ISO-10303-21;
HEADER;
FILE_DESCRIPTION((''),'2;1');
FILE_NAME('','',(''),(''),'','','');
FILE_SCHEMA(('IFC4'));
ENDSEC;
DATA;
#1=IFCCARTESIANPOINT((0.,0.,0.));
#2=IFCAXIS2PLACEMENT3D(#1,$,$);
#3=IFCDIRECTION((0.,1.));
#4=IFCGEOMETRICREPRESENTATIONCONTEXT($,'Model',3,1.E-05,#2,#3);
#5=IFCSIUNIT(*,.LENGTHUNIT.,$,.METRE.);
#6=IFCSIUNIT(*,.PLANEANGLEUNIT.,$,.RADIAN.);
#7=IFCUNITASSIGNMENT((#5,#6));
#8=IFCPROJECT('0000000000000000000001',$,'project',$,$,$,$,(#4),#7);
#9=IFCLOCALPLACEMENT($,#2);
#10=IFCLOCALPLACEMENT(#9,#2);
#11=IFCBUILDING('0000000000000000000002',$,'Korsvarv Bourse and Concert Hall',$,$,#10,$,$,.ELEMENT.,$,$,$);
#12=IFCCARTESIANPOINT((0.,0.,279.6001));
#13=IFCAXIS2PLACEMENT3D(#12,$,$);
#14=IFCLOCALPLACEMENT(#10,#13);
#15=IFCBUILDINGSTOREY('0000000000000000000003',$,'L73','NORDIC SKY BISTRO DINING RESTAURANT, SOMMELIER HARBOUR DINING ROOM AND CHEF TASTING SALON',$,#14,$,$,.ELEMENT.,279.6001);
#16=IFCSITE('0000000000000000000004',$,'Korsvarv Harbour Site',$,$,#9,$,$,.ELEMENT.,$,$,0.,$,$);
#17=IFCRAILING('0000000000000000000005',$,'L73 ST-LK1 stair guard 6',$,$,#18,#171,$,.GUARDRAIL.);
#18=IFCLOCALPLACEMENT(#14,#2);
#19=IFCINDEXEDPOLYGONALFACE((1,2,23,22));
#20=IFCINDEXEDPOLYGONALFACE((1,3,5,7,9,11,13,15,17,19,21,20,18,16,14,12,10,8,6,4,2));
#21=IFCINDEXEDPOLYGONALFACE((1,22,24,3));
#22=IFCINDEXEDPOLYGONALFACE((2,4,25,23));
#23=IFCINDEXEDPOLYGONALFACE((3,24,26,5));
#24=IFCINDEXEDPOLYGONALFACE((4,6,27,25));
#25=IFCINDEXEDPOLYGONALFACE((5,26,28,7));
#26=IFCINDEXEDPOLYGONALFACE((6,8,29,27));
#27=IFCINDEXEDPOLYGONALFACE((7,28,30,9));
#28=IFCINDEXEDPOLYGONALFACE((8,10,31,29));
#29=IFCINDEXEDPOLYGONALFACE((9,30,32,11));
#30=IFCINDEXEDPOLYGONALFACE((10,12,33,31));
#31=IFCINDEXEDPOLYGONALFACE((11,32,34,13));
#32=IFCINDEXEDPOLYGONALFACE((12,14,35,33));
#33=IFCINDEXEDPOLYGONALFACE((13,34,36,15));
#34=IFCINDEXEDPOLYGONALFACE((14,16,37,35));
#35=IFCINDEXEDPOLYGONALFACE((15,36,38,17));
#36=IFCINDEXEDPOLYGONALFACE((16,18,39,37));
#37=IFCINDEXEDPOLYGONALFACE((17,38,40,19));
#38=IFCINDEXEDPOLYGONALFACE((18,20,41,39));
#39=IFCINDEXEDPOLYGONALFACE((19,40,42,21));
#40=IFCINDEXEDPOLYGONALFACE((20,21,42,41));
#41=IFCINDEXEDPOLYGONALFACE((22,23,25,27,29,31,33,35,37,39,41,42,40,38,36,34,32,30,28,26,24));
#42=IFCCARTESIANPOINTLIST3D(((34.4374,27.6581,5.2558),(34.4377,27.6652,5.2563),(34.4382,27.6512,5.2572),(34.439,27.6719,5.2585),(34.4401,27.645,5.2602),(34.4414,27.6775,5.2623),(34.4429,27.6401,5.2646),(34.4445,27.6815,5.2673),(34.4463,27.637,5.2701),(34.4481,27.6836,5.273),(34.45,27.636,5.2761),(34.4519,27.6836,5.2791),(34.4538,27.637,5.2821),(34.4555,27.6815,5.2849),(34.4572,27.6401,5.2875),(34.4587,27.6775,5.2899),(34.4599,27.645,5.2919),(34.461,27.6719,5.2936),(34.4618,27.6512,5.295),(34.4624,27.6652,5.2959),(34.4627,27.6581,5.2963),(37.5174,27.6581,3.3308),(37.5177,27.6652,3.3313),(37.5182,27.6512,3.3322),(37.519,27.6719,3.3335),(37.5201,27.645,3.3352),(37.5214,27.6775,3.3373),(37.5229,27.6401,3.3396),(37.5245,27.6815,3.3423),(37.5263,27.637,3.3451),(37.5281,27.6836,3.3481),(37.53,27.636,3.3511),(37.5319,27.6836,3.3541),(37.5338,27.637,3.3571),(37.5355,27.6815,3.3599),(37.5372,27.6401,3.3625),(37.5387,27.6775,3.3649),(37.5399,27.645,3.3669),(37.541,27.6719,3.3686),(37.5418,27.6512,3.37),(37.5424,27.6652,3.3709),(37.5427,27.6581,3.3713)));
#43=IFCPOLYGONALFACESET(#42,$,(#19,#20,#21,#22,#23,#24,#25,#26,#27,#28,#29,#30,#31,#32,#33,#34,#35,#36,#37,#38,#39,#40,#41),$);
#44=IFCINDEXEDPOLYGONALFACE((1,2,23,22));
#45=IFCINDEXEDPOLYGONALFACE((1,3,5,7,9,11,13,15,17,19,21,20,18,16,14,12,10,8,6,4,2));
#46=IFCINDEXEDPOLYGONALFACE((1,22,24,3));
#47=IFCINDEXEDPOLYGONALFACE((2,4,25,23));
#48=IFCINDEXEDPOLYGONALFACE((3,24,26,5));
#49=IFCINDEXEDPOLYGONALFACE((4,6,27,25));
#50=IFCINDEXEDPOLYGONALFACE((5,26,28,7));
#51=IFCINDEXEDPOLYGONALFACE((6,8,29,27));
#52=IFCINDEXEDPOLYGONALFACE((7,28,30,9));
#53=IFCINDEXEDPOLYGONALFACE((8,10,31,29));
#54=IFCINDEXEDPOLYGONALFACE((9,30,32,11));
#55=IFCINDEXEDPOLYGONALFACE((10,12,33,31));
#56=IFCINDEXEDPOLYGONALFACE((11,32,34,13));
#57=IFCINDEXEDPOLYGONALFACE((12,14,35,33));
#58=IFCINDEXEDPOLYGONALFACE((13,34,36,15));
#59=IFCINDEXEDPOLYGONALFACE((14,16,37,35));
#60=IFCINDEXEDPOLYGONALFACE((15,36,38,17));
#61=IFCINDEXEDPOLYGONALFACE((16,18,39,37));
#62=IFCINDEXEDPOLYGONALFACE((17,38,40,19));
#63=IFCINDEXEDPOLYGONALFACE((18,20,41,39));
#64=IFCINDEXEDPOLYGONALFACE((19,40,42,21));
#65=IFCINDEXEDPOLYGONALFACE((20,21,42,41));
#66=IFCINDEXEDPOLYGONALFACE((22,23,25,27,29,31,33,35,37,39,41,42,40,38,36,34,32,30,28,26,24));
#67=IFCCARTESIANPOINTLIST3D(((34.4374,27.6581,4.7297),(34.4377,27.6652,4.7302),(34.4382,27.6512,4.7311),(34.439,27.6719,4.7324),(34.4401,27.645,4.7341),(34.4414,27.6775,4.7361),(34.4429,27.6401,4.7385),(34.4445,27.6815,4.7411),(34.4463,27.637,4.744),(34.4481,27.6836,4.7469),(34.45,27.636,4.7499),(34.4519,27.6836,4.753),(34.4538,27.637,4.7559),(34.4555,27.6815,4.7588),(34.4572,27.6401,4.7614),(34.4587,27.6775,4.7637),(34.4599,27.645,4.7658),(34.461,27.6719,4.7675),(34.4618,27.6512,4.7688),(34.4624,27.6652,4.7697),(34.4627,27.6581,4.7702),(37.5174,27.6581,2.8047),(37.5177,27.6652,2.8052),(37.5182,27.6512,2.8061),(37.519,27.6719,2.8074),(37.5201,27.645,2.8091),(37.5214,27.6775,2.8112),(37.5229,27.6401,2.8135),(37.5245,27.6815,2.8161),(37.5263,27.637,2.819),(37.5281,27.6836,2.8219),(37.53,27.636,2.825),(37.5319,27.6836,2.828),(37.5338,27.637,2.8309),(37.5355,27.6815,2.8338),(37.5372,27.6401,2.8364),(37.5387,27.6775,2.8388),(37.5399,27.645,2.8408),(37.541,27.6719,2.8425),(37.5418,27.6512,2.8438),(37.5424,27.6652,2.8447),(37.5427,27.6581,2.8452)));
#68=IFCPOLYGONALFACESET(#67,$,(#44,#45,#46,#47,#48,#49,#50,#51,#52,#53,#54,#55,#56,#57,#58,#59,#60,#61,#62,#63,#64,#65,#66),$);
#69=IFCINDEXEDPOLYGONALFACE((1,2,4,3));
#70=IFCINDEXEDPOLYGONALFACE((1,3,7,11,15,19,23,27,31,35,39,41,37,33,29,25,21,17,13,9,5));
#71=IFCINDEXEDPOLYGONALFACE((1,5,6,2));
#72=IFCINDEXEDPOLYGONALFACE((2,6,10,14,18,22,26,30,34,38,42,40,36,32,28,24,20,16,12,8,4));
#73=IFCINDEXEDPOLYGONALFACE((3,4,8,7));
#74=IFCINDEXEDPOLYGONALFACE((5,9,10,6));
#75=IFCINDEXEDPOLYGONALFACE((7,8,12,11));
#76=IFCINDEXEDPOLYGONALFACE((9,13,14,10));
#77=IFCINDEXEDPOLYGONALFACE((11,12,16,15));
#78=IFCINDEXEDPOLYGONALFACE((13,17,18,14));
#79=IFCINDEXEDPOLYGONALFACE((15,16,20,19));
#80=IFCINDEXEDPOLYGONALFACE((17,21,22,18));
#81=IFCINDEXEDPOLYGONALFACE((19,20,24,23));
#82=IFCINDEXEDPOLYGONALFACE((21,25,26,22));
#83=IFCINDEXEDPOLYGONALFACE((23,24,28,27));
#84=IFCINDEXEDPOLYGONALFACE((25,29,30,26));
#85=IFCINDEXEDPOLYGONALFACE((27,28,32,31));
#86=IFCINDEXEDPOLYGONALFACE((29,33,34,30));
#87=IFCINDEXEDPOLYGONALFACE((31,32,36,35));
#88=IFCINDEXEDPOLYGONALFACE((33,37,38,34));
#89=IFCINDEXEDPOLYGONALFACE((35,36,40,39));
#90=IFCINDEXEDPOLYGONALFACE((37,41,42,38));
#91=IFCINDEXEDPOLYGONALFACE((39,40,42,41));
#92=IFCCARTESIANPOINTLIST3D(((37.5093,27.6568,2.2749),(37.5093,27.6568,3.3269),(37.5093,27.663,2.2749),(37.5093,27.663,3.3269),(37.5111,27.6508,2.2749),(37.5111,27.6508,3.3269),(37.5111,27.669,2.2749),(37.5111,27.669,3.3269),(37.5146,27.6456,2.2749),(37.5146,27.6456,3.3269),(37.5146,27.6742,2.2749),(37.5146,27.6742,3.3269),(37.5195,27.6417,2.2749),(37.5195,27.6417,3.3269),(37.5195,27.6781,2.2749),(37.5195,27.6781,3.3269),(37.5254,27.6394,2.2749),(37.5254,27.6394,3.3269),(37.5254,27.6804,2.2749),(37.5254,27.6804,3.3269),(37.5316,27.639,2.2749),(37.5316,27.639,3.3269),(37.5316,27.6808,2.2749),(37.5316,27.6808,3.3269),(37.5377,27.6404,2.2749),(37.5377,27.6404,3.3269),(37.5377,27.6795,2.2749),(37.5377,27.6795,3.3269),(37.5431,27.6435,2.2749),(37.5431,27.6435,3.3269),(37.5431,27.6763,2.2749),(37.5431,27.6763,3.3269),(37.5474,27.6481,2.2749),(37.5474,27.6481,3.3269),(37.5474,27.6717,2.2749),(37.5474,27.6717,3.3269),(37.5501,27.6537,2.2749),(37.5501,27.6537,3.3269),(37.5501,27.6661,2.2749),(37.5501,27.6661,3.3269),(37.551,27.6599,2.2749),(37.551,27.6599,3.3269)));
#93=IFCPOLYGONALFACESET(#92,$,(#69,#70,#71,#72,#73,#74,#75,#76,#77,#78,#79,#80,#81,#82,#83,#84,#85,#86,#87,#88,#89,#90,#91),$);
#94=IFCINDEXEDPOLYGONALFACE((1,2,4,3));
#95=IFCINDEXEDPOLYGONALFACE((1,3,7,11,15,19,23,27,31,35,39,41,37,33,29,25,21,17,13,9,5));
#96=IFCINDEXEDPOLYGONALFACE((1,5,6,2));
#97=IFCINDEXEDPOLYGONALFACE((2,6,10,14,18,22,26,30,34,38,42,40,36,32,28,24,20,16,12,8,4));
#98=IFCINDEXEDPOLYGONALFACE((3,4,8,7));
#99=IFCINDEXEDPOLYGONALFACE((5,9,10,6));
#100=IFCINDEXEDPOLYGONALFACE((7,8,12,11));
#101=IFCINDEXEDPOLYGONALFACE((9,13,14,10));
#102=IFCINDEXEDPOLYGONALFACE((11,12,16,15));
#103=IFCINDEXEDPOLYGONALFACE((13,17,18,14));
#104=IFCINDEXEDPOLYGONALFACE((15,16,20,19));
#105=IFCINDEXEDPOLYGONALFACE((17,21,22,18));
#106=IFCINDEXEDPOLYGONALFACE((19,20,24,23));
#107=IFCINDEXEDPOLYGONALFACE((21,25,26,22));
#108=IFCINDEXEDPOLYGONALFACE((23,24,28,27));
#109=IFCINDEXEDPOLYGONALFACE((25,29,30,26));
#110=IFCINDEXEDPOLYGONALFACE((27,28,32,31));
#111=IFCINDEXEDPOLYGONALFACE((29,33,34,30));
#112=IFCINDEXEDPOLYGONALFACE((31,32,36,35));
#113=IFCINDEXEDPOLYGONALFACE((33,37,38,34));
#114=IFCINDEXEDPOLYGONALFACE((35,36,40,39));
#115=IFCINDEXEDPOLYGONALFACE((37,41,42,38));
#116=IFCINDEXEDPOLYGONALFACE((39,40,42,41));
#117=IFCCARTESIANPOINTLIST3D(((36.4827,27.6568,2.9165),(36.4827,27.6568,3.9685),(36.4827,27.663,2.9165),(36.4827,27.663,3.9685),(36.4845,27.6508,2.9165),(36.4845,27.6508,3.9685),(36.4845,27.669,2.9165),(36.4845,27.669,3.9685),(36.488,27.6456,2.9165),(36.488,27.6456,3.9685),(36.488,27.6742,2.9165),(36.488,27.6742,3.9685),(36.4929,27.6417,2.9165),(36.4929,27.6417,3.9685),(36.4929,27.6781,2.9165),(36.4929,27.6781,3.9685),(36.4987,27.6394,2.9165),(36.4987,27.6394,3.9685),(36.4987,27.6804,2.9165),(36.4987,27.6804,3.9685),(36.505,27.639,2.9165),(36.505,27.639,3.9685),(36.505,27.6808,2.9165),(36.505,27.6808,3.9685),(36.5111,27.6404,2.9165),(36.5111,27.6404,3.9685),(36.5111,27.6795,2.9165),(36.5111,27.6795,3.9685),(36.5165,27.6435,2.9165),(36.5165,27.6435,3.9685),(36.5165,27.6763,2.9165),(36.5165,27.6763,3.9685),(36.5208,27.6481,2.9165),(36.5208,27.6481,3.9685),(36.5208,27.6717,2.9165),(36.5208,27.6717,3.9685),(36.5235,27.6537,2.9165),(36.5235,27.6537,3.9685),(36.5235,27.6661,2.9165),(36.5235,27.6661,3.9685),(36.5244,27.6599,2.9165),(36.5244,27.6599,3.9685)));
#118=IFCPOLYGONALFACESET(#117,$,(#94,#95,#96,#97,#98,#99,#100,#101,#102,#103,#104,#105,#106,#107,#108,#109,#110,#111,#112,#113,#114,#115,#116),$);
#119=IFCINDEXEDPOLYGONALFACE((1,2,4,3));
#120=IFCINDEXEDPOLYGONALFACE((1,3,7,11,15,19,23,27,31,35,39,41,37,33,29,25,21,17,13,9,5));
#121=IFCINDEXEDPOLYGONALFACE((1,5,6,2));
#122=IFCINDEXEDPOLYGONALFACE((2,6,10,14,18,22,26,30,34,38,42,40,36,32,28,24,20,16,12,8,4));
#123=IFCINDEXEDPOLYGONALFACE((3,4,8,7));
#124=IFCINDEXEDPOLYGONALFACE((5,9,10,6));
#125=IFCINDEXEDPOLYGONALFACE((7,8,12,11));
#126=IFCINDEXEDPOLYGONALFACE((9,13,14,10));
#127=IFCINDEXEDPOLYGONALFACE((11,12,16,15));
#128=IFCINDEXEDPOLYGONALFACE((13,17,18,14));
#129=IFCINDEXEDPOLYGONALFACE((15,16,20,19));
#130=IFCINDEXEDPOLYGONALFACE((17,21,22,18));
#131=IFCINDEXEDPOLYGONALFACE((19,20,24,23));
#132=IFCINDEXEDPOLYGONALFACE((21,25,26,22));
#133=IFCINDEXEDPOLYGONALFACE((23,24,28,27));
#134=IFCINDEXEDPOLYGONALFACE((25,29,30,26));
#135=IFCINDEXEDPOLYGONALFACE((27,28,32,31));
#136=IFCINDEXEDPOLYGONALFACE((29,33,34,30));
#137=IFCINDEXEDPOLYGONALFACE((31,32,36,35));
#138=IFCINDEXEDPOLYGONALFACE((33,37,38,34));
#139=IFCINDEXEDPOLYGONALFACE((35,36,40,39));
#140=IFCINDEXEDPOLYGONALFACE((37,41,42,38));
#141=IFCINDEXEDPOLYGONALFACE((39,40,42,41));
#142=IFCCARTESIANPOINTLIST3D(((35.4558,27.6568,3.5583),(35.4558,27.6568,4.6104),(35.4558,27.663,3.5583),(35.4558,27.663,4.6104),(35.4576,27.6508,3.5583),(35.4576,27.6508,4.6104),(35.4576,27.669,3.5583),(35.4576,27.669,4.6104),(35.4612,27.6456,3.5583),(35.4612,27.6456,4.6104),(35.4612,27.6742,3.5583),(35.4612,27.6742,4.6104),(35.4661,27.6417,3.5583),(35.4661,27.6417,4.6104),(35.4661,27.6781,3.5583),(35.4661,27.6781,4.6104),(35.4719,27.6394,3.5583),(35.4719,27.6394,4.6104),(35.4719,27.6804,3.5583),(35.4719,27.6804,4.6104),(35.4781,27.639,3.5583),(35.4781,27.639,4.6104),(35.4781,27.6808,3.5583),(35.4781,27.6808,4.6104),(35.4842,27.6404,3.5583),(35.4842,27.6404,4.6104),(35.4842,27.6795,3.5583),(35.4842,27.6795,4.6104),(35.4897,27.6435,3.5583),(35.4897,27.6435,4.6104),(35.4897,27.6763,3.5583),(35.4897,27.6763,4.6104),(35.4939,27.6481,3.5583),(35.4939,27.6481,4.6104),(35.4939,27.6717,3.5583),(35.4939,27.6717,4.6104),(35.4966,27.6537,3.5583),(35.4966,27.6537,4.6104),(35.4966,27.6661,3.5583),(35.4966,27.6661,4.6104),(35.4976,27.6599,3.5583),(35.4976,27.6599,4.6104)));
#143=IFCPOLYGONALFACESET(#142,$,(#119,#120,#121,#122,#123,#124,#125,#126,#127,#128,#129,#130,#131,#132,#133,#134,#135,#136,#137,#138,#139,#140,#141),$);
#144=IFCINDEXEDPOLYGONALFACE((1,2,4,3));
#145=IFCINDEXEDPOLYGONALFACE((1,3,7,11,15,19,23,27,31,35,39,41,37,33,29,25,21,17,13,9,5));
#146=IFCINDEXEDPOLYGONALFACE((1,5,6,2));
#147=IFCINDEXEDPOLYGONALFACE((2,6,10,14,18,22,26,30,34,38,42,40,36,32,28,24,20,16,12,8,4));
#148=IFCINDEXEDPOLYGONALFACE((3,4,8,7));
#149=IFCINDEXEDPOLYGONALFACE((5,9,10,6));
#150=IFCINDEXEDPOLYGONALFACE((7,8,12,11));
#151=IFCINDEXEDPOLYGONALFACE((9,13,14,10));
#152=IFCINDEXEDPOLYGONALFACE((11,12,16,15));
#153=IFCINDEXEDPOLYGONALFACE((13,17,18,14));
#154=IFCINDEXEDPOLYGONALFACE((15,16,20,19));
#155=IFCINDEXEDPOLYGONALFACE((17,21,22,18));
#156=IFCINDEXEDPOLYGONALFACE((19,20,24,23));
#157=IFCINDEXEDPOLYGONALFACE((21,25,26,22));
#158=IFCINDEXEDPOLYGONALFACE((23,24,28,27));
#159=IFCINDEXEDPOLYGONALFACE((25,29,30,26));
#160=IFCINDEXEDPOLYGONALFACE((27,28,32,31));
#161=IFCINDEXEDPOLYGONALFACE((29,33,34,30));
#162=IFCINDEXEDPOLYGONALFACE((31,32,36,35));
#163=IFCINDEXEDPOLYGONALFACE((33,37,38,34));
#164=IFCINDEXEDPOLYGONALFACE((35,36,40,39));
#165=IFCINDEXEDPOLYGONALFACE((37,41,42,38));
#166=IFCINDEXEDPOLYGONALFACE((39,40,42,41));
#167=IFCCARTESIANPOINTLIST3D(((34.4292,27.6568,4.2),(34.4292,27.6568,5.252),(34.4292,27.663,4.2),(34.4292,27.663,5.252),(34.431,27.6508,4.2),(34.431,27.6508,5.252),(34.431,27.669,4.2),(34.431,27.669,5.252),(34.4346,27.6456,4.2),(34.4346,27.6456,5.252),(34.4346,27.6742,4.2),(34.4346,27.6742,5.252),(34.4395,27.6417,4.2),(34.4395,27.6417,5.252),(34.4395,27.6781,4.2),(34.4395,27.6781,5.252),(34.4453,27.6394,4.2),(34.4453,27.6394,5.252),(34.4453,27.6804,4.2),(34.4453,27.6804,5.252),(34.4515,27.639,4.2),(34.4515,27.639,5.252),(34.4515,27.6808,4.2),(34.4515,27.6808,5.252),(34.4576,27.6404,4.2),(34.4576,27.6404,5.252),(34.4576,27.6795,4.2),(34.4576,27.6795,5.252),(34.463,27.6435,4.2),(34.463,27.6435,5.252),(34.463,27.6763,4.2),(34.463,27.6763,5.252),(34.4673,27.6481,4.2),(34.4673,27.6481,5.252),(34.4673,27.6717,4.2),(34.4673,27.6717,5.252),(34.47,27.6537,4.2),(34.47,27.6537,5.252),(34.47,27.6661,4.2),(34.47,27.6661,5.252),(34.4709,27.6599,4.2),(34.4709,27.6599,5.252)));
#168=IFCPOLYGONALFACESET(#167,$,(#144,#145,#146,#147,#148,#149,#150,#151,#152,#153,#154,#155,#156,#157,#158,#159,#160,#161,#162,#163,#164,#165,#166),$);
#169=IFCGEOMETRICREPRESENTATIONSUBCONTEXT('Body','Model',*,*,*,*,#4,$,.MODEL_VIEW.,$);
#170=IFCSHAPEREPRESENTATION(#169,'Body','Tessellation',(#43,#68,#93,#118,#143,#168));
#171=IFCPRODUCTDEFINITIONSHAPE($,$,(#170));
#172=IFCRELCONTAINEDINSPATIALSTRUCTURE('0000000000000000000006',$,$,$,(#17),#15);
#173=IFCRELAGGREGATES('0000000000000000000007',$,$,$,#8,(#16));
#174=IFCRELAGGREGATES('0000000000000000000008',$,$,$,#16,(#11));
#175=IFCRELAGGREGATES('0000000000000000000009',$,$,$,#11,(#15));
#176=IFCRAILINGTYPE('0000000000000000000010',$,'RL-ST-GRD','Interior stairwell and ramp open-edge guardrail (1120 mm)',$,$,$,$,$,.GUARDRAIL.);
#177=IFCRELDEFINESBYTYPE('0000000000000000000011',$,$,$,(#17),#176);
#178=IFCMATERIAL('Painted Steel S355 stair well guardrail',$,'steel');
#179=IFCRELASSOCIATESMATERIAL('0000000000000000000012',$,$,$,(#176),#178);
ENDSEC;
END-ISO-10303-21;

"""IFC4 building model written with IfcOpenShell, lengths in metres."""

from ifc_helpers import new_model, si_unit, direction, frame, origin, origin_2d, place, context, subcontext, project, spatial, circle, extrude, material, type_object, element, save


model = new_model("IFC4")

# Units and contexts
model_context = context("Model", 3, precision=1e-05, world=origin(), true_north=direction((0.0, 1.0)))
body_context = subcontext(model_context, "Body", "Model", "MODEL_VIEW")
ifc_project = project(units=[si_unit("LENGTHUNIT", "METRE"), si_unit("PLANEANGLEUNIT", "RADIAN")], contexts=[model_context])

# Site, building, storey
site_placement = place(None, origin())
site = spatial("IfcSite", under=ifc_project, at=site_placement, Name="Korsvarv Harbour Site", CompositionType="ELEMENT", RefElevation=0.0)
building_placement = place(site_placement, origin())
building = spatial("IfcBuilding", under=site, at=building_placement, Name="Korsvarv Bourse and Concert Hall", CompositionType="ELEMENT")
storey_placement = place(building_placement, frame((0.0, 0.0, 279.6001)))
storey = spatial("IfcBuildingStorey", under=building, at=storey_placement, Name="L73", Description="NORDIC SKY BISTRO DINING RESTAURANT, SOMMELIER HARBOUR DINING ROOM AND CHEF TASTING SALON", CompositionType="ELEMENT", Elevation=279.6001)

# Railing
ifc_material_1 = material(Name="Painted Steel S355 stair well guardrail", Category="steel")
railing_type_1 = type_object("IfcRailingType", Name="RL-ST-GRD", Description="Interior stairwell and ramp open-edge guardrail (1120 mm)", PredefinedType="GUARDRAIL", material=ifc_material_1)
railing_1_placement = place(storey_placement, frame((37.53, 27.6599, 2.2749)))
element("IfcRailing", 1, at=railing_1_placement, inside=storey, type_object=railing_type_1, Name="L73 ST-LK1 stair guard 6", PredefinedType="GUARDRAIL", context=body_context, shape_type="SweptSolid", body=[
    extrude(circle(Radius=0.0239, at=origin_2d()), frame((0.0, 0.0, 1.0762), z_axis=(-0.847998, 0.0, 0.529999), x_axis=(0.0, -1.0, 0.0)), (0.0, 0.0, 1.0), 3.6321),
    extrude(circle(Radius=0.0239, at=origin_2d()), frame((0.0, 0.0, 0.55), z_axis=(-0.847998, 0.0, 0.529999), x_axis=(0.0, -1.0, 0.0)), (0.0, 0.0, 1.0), 3.6321),
    extrude(circle(Radius=0.021, at=origin_2d()), origin(), (0.0, 0.0, 1.0), 1.052),
    extrude(circle(Radius=0.021, at=origin_2d()), frame((-1.0266, 0.0, 0.6416)), (0.0, 0.0, 1.0), 1.052),
    extrude(circle(Radius=0.021, at=origin_2d()), frame((-2.0535, 0.0, 1.2834)), (0.0, 0.0, 1.0), 1.052),
    extrude(circle(Radius=0.021, at=origin_2d()), frame((-3.0801, 0.0, 1.925)), (0.0, 0.0, 1.0), 1.052),
])

save(model, "model.ifc")
